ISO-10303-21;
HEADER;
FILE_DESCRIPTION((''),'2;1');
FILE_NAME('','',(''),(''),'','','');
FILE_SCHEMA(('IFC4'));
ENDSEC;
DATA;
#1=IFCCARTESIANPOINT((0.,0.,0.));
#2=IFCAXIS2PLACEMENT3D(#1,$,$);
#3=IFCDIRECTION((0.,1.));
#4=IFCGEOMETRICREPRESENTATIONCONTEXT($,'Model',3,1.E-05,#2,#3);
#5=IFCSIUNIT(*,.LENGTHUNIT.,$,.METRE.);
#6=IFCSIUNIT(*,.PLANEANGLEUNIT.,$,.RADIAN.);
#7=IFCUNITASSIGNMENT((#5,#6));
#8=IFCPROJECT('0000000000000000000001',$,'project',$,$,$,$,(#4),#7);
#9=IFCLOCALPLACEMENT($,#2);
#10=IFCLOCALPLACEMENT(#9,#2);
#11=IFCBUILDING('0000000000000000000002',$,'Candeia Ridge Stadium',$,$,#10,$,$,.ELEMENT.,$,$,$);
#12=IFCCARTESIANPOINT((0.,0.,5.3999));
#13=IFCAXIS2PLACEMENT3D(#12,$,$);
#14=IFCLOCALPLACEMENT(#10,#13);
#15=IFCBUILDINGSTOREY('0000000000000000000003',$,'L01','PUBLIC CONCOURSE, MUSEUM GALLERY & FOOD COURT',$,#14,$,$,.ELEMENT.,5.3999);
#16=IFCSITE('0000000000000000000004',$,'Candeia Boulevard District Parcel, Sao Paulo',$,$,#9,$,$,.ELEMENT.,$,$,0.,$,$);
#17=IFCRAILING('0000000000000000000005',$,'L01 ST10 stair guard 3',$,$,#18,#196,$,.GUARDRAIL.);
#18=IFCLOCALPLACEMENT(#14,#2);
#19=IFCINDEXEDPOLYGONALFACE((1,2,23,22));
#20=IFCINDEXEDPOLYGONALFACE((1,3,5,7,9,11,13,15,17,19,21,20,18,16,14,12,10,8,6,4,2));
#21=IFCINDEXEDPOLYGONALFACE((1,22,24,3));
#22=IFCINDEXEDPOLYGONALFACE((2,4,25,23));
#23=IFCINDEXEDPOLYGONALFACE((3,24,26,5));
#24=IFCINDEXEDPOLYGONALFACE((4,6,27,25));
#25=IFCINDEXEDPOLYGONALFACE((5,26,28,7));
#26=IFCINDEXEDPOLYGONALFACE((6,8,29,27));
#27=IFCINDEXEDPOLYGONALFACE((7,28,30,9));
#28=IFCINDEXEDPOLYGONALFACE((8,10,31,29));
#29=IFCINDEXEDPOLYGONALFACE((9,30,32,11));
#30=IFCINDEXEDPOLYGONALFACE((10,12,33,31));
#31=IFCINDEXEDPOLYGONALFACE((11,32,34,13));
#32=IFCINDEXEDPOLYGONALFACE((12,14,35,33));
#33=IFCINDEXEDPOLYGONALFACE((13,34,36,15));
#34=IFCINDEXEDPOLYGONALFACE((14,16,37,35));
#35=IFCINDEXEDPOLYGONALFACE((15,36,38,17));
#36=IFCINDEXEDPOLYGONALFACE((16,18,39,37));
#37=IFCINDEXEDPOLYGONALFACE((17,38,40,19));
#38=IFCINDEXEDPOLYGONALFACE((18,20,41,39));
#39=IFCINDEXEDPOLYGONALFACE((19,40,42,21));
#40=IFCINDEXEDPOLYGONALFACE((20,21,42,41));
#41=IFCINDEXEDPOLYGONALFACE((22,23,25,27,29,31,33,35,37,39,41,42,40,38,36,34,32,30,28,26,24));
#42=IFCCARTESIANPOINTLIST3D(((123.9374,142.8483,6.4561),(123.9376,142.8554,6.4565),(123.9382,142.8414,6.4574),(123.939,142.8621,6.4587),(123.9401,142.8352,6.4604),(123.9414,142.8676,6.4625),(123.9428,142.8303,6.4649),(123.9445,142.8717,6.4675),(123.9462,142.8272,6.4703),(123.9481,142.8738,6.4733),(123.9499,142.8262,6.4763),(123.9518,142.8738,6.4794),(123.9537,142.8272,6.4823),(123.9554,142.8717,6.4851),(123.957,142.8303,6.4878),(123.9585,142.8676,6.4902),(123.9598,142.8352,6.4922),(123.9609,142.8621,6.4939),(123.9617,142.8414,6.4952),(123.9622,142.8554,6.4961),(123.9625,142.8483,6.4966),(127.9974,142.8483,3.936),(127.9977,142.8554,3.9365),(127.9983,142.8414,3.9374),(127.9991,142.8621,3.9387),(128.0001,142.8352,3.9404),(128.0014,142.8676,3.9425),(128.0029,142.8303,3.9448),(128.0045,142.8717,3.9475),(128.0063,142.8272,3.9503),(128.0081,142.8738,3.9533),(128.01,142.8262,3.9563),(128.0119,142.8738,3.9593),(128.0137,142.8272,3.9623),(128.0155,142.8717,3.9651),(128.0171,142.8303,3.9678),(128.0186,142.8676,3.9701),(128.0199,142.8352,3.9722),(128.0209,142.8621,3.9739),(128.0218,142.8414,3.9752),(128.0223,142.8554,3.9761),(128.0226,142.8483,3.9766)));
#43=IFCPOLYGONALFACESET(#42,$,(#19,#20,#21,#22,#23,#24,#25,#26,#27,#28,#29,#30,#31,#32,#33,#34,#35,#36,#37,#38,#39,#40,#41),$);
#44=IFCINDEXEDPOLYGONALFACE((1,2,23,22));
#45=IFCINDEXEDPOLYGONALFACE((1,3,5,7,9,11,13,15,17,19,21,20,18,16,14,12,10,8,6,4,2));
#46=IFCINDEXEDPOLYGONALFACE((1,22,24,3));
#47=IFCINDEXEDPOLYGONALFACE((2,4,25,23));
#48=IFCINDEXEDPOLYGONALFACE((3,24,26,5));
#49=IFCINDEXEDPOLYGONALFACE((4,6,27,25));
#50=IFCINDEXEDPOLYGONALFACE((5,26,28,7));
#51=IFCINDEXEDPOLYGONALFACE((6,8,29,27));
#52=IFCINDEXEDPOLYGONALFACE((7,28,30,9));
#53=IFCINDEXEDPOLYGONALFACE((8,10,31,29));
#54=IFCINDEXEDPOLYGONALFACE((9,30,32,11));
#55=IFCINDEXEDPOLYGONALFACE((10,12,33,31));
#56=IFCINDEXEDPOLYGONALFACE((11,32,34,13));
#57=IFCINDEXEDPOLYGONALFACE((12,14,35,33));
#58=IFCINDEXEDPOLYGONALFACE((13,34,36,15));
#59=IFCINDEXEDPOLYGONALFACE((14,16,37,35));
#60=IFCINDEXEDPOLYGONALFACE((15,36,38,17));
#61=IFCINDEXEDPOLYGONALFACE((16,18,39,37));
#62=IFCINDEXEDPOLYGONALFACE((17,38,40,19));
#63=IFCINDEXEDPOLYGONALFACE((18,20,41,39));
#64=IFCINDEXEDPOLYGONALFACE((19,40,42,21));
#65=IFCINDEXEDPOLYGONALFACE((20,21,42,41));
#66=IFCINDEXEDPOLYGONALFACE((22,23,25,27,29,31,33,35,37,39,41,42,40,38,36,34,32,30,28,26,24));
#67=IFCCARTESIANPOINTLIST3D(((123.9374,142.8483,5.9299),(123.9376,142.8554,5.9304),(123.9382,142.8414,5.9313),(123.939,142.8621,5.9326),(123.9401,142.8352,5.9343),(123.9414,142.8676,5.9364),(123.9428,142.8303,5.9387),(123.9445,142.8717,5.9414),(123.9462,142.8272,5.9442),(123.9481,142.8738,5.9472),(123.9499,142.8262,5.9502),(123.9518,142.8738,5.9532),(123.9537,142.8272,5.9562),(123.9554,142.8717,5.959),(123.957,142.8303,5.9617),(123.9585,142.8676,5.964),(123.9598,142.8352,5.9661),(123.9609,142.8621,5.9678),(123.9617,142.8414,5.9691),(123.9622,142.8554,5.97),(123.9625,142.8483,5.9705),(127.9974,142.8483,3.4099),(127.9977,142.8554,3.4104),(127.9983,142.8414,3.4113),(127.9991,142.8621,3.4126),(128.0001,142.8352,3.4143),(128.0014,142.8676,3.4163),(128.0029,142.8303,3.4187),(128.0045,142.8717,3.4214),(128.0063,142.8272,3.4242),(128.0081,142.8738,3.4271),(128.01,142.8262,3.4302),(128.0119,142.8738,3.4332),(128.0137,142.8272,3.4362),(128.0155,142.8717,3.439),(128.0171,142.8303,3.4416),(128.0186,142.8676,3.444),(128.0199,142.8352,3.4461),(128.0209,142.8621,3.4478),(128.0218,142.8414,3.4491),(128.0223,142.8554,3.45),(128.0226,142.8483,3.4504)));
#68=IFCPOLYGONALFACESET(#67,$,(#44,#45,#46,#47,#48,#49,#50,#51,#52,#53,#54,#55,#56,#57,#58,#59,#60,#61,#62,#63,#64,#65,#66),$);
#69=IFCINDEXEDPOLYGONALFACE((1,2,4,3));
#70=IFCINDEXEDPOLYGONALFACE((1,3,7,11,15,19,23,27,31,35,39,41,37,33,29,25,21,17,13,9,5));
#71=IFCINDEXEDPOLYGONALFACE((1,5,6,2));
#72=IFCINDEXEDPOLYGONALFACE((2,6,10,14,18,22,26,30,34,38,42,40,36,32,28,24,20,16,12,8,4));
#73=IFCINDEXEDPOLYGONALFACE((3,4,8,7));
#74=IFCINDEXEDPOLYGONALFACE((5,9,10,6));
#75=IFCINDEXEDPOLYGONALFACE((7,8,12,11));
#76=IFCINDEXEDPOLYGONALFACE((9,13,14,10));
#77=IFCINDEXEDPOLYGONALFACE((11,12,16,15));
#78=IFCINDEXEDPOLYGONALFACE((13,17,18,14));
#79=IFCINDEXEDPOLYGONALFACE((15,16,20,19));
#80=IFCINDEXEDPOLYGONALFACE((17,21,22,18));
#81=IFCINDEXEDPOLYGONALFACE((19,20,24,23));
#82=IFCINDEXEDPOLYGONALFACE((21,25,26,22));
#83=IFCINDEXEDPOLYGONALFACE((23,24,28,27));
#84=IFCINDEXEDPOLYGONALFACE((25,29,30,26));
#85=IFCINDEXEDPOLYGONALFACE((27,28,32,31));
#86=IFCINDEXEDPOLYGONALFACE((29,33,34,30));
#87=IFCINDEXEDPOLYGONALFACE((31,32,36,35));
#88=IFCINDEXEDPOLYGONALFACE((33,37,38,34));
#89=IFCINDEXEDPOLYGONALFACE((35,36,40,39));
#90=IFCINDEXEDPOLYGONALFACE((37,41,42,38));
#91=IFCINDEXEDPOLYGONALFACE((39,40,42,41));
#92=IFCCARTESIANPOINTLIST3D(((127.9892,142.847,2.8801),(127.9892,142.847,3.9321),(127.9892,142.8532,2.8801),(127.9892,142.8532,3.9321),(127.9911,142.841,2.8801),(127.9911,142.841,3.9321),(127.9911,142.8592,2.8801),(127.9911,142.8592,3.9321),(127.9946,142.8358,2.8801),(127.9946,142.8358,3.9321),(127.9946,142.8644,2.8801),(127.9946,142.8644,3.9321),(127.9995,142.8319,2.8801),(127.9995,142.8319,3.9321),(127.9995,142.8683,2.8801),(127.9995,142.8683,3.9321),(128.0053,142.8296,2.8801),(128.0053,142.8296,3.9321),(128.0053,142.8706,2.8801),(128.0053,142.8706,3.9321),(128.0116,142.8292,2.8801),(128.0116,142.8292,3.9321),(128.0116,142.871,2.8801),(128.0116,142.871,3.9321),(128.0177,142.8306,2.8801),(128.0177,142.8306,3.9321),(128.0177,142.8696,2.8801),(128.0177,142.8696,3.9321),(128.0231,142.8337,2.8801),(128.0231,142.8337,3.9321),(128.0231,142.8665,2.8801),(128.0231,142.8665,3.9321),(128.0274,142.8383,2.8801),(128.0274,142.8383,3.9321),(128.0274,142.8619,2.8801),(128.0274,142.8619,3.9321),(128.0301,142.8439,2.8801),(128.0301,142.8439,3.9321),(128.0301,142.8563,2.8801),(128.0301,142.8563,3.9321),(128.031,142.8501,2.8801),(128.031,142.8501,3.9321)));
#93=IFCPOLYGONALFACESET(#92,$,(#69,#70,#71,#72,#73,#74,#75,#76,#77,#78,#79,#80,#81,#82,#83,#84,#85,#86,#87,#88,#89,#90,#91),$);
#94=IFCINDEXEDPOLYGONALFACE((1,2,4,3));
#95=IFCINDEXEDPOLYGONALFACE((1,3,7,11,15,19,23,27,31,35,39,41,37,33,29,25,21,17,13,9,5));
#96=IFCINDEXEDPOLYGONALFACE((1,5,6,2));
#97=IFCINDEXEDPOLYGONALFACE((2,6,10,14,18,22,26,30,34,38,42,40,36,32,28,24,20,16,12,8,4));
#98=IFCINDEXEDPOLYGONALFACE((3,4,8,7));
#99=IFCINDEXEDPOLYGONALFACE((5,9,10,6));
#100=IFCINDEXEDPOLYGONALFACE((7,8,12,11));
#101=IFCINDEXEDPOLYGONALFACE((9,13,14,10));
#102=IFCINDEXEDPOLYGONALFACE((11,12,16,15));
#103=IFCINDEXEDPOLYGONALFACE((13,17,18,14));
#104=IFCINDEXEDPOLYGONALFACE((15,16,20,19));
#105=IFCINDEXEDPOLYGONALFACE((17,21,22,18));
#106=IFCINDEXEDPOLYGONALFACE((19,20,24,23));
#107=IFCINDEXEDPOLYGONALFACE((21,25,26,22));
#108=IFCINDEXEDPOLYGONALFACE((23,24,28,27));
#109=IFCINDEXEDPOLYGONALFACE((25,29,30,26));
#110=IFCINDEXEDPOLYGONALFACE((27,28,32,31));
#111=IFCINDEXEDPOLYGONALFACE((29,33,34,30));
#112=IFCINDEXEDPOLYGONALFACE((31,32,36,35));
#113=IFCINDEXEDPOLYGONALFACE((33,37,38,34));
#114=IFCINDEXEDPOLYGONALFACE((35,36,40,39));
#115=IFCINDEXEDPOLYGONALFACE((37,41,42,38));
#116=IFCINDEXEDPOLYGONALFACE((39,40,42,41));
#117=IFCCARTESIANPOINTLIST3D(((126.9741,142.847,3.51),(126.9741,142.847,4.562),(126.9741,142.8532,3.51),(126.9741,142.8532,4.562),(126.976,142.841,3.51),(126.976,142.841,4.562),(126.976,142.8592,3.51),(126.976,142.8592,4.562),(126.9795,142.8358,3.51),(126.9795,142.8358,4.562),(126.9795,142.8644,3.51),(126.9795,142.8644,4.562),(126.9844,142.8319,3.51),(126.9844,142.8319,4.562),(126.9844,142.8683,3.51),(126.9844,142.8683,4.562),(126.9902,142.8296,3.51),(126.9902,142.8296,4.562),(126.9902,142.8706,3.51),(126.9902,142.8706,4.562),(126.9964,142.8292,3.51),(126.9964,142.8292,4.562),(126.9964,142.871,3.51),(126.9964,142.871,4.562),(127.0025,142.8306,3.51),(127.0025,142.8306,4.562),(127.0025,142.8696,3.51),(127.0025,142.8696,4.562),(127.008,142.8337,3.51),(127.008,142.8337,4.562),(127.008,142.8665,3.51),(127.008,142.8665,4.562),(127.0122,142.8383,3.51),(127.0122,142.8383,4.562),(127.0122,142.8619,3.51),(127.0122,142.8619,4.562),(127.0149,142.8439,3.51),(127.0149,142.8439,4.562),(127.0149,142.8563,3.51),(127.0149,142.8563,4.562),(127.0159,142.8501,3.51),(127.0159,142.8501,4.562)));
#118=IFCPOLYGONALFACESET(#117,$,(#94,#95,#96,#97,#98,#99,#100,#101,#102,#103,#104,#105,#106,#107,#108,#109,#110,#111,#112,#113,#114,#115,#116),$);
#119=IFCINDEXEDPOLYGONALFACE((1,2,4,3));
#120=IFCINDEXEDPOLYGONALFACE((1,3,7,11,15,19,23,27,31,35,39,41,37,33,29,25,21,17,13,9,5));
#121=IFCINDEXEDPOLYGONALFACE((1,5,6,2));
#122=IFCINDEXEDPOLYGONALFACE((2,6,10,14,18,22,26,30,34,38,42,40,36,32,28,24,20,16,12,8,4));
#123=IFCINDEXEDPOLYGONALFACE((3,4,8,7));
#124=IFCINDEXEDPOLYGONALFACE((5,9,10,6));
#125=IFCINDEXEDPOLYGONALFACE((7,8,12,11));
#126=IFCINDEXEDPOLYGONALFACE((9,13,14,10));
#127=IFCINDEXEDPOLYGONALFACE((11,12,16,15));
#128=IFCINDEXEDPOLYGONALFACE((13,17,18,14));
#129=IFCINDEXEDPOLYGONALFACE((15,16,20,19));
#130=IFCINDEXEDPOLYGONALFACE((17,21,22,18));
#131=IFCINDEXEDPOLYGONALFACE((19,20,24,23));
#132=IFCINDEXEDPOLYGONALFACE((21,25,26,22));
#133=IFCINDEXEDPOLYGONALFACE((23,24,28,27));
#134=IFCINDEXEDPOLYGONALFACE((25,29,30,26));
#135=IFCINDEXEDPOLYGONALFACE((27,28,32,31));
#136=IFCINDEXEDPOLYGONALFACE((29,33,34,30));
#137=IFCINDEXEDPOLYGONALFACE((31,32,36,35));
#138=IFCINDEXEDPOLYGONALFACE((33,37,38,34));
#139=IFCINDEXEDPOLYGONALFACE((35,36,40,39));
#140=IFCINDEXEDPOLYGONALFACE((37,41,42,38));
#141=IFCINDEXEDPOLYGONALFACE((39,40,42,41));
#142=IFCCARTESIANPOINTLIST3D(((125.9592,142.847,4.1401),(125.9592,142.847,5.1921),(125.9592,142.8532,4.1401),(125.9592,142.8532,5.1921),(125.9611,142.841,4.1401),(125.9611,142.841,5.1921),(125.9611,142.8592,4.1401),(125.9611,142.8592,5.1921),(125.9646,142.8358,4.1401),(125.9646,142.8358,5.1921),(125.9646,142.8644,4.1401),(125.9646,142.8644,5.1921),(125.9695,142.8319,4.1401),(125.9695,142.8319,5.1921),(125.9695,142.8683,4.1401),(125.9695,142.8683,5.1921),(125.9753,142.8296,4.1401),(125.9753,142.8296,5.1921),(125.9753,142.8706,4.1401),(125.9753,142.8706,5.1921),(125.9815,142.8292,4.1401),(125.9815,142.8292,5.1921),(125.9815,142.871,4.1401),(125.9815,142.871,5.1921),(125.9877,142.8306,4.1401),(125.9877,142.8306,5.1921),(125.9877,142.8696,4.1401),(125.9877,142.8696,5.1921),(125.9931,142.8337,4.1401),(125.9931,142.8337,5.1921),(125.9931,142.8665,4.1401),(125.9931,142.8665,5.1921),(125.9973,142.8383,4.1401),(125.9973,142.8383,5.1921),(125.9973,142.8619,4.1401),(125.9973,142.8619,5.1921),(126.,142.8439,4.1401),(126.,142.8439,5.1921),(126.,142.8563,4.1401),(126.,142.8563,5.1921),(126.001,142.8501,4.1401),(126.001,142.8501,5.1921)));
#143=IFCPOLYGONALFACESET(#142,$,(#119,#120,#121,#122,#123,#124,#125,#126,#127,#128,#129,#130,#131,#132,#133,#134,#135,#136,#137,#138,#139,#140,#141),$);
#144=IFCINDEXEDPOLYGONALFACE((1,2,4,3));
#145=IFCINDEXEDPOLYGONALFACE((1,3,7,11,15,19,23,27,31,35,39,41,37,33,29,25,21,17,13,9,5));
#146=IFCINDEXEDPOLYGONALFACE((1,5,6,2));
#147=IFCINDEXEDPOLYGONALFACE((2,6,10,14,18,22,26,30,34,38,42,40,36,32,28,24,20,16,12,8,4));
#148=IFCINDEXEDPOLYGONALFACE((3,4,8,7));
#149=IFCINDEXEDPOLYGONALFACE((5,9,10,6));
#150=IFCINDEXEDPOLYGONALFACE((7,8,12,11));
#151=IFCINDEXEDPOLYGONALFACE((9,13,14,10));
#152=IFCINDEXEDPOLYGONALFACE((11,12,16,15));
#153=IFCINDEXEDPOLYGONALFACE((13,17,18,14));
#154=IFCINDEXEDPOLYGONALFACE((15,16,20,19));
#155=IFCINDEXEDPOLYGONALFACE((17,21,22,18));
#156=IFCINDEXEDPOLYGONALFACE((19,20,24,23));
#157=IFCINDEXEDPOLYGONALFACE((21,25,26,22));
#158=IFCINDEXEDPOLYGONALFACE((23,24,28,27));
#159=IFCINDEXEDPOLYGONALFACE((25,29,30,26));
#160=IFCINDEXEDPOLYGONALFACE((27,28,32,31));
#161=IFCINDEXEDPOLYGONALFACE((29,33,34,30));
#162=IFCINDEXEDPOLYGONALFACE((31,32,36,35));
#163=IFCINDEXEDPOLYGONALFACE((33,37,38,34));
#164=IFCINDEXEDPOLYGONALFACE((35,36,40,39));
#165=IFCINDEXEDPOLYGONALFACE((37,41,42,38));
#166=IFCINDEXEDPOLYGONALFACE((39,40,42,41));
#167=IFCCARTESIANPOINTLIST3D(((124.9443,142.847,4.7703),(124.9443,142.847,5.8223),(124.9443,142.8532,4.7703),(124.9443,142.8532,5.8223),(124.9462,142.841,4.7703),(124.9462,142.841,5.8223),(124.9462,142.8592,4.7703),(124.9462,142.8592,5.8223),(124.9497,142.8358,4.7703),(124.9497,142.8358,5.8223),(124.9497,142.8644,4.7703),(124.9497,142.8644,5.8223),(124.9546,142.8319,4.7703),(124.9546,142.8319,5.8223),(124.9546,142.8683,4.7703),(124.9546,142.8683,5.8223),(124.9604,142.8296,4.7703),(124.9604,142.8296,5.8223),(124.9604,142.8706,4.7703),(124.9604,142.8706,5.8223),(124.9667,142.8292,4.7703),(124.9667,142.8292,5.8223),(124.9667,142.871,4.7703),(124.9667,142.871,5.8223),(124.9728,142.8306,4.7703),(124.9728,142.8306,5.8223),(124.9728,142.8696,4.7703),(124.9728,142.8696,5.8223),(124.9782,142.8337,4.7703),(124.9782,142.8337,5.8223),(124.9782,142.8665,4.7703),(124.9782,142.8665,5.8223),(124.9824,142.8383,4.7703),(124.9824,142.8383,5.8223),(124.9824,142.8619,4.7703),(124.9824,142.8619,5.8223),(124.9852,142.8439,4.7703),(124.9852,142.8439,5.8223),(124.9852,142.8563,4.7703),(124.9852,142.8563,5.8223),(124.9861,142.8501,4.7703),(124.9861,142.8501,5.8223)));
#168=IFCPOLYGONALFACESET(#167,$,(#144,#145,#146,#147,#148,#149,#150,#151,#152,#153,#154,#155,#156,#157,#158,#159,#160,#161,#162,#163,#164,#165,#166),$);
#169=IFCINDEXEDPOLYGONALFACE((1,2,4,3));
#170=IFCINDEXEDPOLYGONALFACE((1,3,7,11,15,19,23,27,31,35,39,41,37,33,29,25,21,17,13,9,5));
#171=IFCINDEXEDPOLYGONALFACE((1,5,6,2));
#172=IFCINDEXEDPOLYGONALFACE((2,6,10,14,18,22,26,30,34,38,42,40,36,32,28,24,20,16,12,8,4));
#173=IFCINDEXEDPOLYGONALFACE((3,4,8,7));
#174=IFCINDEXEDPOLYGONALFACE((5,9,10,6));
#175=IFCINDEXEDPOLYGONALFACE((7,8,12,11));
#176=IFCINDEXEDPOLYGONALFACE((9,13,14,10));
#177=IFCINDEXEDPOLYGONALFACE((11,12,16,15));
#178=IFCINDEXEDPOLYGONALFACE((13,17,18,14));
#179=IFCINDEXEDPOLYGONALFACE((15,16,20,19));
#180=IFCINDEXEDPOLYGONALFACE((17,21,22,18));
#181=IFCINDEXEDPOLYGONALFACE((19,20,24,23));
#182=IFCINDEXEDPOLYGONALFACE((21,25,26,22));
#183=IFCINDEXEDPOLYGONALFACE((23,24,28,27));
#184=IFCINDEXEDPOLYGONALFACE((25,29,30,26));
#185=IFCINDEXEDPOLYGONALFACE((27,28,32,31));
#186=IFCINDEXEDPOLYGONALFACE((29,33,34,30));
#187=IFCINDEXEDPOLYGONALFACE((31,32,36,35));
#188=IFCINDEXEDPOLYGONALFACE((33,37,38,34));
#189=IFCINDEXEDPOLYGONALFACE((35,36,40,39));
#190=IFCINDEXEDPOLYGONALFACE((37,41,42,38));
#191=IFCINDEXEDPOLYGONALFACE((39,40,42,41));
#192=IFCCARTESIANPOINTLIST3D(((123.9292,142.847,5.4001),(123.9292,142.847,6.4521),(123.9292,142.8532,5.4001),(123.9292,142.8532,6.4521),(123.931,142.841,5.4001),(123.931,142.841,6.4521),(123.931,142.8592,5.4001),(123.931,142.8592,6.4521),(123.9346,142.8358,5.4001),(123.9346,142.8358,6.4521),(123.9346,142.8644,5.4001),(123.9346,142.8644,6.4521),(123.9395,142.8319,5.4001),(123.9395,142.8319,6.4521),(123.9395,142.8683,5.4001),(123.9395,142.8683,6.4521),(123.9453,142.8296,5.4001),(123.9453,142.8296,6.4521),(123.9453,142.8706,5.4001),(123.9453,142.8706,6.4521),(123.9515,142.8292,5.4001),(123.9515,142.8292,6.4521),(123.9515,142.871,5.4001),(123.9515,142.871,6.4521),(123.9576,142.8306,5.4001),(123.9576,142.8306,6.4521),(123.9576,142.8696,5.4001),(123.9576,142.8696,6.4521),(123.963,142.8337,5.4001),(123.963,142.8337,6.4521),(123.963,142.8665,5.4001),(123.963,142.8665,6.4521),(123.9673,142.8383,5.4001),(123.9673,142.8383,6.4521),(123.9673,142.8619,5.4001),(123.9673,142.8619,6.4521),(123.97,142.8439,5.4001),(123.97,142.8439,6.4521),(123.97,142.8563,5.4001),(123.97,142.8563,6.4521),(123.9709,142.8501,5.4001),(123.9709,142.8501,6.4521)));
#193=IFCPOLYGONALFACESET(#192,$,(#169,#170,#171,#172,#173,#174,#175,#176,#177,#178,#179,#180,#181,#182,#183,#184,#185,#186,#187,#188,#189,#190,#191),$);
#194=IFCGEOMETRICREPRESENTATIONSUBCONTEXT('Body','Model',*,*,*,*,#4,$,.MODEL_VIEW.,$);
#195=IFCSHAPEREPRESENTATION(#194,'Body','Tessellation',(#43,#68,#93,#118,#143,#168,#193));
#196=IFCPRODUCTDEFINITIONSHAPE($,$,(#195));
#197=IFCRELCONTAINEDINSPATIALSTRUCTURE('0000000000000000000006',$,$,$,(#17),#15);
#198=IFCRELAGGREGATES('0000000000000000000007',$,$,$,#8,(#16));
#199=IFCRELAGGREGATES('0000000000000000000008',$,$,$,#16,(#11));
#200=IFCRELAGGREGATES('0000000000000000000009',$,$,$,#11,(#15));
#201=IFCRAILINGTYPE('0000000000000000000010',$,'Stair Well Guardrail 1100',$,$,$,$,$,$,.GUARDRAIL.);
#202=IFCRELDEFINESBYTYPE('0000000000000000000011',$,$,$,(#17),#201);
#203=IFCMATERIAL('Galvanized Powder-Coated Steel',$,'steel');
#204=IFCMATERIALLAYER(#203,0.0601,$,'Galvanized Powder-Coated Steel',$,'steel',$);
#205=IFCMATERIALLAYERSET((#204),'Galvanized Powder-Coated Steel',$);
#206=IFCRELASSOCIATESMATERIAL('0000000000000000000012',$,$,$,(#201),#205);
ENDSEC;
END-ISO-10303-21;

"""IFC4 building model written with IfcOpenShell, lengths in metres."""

from ifc_helpers import new_model, si_unit, direction, frame, origin, origin_2d, place, context, subcontext, project, spatial, circle, extrude, material, layer, layer_set, type_object, element, save


model = new_model("IFC4")

# Units and contexts
model_context = context("Model", 3, precision=1e-05, world=origin(), true_north=direction((0.0, 1.0)))
body_context = subcontext(model_context, "Body", "Model", "MODEL_VIEW")
ifc_project = project(units=[si_unit("LENGTHUNIT", "METRE"), si_unit("PLANEANGLEUNIT", "RADIAN")], contexts=[model_context])

# Site, building, storey
site_placement = place(None, origin())
site = spatial("IfcSite", under=ifc_project, at=site_placement, Name="Candeia Boulevard District Parcel, Sao Paulo", CompositionType="ELEMENT", RefElevation=0.0)
building_placement = place(site_placement, origin())
building = spatial("IfcBuilding", under=site, at=building_placement, Name="Candeia Ridge Stadium", CompositionType="ELEMENT")
storey_placement = place(building_placement, frame((0.0, 0.0, 5.3999)))
storey = spatial("IfcBuildingStorey", under=building, at=storey_placement, Name="L01", Description="PUBLIC CONCOURSE, MUSEUM GALLERY & FOOD COURT", CompositionType="ELEMENT", Elevation=5.3999)

# Railing
ifc_material_1 = material(Name="Galvanized Powder-Coated Steel", Category="steel")
ifc_layer_1 = layer(ifc_material_1, 0.0601, Name="Galvanized Powder-Coated Steel", Category="steel")
ifc_layer_set_1 = layer_set([ifc_layer_1], Name="Galvanized Powder-Coated Steel")
railing_type_1 = type_object("IfcRailingType", Name="Stair Well Guardrail 1100", PredefinedType="GUARDRAIL", material=ifc_layer_set_1)
railing_1_placement = place(storey_placement, frame((128.01, 142.8501, 2.8801)))
element("IfcRailing", 1, at=railing_1_placement, inside=storey, type_object=railing_type_1, Name="L01 ST10 stair guard 3", PredefinedType="GUARDRAIL", context=body_context, shape_type="SweptSolid", body=[
    extrude(circle(Radius=0.0239, at=origin_2d()), frame((0.0, 0.0, 1.0762), z_axis=(-0.849642, 0.0, 0.52736), x_axis=(0.0, -1.0, 0.0)), (0.0, 0.0, 1.0), 4.7786),
    extrude(circle(Radius=0.0239, at=origin_2d()), frame((0.0, 0.0, 0.55), z_axis=(-0.849642, 0.0, 0.52736), x_axis=(0.0, -1.0, 0.0)), (0.0, 0.0, 1.0), 4.7786),
    extrude(circle(Radius=0.021, at=origin_2d()), origin(), (0.0, 0.0, 1.0), 1.052),
    extrude(circle(Radius=0.021, at=origin_2d()), frame((-1.0151, 0.0, 0.6299)), (0.0, 0.0, 1.0), 1.052),
    extrude(circle(Radius=0.021, at=origin_2d()), frame((-2.03, 0.0, 1.26)), (0.0, 0.0, 1.0), 1.052),
    extrude(circle(Radius=0.021, at=origin_2d()), frame((-3.0449, 0.0, 1.8901)), (0.0, 0.0, 1.0), 1.052),
    extrude(circle(Radius=0.021, at=origin_2d()), frame((-4.0601, 0.0, 2.52)), (0.0, 0.0, 1.0), 1.052),
])

save(model, "model.ifc")
